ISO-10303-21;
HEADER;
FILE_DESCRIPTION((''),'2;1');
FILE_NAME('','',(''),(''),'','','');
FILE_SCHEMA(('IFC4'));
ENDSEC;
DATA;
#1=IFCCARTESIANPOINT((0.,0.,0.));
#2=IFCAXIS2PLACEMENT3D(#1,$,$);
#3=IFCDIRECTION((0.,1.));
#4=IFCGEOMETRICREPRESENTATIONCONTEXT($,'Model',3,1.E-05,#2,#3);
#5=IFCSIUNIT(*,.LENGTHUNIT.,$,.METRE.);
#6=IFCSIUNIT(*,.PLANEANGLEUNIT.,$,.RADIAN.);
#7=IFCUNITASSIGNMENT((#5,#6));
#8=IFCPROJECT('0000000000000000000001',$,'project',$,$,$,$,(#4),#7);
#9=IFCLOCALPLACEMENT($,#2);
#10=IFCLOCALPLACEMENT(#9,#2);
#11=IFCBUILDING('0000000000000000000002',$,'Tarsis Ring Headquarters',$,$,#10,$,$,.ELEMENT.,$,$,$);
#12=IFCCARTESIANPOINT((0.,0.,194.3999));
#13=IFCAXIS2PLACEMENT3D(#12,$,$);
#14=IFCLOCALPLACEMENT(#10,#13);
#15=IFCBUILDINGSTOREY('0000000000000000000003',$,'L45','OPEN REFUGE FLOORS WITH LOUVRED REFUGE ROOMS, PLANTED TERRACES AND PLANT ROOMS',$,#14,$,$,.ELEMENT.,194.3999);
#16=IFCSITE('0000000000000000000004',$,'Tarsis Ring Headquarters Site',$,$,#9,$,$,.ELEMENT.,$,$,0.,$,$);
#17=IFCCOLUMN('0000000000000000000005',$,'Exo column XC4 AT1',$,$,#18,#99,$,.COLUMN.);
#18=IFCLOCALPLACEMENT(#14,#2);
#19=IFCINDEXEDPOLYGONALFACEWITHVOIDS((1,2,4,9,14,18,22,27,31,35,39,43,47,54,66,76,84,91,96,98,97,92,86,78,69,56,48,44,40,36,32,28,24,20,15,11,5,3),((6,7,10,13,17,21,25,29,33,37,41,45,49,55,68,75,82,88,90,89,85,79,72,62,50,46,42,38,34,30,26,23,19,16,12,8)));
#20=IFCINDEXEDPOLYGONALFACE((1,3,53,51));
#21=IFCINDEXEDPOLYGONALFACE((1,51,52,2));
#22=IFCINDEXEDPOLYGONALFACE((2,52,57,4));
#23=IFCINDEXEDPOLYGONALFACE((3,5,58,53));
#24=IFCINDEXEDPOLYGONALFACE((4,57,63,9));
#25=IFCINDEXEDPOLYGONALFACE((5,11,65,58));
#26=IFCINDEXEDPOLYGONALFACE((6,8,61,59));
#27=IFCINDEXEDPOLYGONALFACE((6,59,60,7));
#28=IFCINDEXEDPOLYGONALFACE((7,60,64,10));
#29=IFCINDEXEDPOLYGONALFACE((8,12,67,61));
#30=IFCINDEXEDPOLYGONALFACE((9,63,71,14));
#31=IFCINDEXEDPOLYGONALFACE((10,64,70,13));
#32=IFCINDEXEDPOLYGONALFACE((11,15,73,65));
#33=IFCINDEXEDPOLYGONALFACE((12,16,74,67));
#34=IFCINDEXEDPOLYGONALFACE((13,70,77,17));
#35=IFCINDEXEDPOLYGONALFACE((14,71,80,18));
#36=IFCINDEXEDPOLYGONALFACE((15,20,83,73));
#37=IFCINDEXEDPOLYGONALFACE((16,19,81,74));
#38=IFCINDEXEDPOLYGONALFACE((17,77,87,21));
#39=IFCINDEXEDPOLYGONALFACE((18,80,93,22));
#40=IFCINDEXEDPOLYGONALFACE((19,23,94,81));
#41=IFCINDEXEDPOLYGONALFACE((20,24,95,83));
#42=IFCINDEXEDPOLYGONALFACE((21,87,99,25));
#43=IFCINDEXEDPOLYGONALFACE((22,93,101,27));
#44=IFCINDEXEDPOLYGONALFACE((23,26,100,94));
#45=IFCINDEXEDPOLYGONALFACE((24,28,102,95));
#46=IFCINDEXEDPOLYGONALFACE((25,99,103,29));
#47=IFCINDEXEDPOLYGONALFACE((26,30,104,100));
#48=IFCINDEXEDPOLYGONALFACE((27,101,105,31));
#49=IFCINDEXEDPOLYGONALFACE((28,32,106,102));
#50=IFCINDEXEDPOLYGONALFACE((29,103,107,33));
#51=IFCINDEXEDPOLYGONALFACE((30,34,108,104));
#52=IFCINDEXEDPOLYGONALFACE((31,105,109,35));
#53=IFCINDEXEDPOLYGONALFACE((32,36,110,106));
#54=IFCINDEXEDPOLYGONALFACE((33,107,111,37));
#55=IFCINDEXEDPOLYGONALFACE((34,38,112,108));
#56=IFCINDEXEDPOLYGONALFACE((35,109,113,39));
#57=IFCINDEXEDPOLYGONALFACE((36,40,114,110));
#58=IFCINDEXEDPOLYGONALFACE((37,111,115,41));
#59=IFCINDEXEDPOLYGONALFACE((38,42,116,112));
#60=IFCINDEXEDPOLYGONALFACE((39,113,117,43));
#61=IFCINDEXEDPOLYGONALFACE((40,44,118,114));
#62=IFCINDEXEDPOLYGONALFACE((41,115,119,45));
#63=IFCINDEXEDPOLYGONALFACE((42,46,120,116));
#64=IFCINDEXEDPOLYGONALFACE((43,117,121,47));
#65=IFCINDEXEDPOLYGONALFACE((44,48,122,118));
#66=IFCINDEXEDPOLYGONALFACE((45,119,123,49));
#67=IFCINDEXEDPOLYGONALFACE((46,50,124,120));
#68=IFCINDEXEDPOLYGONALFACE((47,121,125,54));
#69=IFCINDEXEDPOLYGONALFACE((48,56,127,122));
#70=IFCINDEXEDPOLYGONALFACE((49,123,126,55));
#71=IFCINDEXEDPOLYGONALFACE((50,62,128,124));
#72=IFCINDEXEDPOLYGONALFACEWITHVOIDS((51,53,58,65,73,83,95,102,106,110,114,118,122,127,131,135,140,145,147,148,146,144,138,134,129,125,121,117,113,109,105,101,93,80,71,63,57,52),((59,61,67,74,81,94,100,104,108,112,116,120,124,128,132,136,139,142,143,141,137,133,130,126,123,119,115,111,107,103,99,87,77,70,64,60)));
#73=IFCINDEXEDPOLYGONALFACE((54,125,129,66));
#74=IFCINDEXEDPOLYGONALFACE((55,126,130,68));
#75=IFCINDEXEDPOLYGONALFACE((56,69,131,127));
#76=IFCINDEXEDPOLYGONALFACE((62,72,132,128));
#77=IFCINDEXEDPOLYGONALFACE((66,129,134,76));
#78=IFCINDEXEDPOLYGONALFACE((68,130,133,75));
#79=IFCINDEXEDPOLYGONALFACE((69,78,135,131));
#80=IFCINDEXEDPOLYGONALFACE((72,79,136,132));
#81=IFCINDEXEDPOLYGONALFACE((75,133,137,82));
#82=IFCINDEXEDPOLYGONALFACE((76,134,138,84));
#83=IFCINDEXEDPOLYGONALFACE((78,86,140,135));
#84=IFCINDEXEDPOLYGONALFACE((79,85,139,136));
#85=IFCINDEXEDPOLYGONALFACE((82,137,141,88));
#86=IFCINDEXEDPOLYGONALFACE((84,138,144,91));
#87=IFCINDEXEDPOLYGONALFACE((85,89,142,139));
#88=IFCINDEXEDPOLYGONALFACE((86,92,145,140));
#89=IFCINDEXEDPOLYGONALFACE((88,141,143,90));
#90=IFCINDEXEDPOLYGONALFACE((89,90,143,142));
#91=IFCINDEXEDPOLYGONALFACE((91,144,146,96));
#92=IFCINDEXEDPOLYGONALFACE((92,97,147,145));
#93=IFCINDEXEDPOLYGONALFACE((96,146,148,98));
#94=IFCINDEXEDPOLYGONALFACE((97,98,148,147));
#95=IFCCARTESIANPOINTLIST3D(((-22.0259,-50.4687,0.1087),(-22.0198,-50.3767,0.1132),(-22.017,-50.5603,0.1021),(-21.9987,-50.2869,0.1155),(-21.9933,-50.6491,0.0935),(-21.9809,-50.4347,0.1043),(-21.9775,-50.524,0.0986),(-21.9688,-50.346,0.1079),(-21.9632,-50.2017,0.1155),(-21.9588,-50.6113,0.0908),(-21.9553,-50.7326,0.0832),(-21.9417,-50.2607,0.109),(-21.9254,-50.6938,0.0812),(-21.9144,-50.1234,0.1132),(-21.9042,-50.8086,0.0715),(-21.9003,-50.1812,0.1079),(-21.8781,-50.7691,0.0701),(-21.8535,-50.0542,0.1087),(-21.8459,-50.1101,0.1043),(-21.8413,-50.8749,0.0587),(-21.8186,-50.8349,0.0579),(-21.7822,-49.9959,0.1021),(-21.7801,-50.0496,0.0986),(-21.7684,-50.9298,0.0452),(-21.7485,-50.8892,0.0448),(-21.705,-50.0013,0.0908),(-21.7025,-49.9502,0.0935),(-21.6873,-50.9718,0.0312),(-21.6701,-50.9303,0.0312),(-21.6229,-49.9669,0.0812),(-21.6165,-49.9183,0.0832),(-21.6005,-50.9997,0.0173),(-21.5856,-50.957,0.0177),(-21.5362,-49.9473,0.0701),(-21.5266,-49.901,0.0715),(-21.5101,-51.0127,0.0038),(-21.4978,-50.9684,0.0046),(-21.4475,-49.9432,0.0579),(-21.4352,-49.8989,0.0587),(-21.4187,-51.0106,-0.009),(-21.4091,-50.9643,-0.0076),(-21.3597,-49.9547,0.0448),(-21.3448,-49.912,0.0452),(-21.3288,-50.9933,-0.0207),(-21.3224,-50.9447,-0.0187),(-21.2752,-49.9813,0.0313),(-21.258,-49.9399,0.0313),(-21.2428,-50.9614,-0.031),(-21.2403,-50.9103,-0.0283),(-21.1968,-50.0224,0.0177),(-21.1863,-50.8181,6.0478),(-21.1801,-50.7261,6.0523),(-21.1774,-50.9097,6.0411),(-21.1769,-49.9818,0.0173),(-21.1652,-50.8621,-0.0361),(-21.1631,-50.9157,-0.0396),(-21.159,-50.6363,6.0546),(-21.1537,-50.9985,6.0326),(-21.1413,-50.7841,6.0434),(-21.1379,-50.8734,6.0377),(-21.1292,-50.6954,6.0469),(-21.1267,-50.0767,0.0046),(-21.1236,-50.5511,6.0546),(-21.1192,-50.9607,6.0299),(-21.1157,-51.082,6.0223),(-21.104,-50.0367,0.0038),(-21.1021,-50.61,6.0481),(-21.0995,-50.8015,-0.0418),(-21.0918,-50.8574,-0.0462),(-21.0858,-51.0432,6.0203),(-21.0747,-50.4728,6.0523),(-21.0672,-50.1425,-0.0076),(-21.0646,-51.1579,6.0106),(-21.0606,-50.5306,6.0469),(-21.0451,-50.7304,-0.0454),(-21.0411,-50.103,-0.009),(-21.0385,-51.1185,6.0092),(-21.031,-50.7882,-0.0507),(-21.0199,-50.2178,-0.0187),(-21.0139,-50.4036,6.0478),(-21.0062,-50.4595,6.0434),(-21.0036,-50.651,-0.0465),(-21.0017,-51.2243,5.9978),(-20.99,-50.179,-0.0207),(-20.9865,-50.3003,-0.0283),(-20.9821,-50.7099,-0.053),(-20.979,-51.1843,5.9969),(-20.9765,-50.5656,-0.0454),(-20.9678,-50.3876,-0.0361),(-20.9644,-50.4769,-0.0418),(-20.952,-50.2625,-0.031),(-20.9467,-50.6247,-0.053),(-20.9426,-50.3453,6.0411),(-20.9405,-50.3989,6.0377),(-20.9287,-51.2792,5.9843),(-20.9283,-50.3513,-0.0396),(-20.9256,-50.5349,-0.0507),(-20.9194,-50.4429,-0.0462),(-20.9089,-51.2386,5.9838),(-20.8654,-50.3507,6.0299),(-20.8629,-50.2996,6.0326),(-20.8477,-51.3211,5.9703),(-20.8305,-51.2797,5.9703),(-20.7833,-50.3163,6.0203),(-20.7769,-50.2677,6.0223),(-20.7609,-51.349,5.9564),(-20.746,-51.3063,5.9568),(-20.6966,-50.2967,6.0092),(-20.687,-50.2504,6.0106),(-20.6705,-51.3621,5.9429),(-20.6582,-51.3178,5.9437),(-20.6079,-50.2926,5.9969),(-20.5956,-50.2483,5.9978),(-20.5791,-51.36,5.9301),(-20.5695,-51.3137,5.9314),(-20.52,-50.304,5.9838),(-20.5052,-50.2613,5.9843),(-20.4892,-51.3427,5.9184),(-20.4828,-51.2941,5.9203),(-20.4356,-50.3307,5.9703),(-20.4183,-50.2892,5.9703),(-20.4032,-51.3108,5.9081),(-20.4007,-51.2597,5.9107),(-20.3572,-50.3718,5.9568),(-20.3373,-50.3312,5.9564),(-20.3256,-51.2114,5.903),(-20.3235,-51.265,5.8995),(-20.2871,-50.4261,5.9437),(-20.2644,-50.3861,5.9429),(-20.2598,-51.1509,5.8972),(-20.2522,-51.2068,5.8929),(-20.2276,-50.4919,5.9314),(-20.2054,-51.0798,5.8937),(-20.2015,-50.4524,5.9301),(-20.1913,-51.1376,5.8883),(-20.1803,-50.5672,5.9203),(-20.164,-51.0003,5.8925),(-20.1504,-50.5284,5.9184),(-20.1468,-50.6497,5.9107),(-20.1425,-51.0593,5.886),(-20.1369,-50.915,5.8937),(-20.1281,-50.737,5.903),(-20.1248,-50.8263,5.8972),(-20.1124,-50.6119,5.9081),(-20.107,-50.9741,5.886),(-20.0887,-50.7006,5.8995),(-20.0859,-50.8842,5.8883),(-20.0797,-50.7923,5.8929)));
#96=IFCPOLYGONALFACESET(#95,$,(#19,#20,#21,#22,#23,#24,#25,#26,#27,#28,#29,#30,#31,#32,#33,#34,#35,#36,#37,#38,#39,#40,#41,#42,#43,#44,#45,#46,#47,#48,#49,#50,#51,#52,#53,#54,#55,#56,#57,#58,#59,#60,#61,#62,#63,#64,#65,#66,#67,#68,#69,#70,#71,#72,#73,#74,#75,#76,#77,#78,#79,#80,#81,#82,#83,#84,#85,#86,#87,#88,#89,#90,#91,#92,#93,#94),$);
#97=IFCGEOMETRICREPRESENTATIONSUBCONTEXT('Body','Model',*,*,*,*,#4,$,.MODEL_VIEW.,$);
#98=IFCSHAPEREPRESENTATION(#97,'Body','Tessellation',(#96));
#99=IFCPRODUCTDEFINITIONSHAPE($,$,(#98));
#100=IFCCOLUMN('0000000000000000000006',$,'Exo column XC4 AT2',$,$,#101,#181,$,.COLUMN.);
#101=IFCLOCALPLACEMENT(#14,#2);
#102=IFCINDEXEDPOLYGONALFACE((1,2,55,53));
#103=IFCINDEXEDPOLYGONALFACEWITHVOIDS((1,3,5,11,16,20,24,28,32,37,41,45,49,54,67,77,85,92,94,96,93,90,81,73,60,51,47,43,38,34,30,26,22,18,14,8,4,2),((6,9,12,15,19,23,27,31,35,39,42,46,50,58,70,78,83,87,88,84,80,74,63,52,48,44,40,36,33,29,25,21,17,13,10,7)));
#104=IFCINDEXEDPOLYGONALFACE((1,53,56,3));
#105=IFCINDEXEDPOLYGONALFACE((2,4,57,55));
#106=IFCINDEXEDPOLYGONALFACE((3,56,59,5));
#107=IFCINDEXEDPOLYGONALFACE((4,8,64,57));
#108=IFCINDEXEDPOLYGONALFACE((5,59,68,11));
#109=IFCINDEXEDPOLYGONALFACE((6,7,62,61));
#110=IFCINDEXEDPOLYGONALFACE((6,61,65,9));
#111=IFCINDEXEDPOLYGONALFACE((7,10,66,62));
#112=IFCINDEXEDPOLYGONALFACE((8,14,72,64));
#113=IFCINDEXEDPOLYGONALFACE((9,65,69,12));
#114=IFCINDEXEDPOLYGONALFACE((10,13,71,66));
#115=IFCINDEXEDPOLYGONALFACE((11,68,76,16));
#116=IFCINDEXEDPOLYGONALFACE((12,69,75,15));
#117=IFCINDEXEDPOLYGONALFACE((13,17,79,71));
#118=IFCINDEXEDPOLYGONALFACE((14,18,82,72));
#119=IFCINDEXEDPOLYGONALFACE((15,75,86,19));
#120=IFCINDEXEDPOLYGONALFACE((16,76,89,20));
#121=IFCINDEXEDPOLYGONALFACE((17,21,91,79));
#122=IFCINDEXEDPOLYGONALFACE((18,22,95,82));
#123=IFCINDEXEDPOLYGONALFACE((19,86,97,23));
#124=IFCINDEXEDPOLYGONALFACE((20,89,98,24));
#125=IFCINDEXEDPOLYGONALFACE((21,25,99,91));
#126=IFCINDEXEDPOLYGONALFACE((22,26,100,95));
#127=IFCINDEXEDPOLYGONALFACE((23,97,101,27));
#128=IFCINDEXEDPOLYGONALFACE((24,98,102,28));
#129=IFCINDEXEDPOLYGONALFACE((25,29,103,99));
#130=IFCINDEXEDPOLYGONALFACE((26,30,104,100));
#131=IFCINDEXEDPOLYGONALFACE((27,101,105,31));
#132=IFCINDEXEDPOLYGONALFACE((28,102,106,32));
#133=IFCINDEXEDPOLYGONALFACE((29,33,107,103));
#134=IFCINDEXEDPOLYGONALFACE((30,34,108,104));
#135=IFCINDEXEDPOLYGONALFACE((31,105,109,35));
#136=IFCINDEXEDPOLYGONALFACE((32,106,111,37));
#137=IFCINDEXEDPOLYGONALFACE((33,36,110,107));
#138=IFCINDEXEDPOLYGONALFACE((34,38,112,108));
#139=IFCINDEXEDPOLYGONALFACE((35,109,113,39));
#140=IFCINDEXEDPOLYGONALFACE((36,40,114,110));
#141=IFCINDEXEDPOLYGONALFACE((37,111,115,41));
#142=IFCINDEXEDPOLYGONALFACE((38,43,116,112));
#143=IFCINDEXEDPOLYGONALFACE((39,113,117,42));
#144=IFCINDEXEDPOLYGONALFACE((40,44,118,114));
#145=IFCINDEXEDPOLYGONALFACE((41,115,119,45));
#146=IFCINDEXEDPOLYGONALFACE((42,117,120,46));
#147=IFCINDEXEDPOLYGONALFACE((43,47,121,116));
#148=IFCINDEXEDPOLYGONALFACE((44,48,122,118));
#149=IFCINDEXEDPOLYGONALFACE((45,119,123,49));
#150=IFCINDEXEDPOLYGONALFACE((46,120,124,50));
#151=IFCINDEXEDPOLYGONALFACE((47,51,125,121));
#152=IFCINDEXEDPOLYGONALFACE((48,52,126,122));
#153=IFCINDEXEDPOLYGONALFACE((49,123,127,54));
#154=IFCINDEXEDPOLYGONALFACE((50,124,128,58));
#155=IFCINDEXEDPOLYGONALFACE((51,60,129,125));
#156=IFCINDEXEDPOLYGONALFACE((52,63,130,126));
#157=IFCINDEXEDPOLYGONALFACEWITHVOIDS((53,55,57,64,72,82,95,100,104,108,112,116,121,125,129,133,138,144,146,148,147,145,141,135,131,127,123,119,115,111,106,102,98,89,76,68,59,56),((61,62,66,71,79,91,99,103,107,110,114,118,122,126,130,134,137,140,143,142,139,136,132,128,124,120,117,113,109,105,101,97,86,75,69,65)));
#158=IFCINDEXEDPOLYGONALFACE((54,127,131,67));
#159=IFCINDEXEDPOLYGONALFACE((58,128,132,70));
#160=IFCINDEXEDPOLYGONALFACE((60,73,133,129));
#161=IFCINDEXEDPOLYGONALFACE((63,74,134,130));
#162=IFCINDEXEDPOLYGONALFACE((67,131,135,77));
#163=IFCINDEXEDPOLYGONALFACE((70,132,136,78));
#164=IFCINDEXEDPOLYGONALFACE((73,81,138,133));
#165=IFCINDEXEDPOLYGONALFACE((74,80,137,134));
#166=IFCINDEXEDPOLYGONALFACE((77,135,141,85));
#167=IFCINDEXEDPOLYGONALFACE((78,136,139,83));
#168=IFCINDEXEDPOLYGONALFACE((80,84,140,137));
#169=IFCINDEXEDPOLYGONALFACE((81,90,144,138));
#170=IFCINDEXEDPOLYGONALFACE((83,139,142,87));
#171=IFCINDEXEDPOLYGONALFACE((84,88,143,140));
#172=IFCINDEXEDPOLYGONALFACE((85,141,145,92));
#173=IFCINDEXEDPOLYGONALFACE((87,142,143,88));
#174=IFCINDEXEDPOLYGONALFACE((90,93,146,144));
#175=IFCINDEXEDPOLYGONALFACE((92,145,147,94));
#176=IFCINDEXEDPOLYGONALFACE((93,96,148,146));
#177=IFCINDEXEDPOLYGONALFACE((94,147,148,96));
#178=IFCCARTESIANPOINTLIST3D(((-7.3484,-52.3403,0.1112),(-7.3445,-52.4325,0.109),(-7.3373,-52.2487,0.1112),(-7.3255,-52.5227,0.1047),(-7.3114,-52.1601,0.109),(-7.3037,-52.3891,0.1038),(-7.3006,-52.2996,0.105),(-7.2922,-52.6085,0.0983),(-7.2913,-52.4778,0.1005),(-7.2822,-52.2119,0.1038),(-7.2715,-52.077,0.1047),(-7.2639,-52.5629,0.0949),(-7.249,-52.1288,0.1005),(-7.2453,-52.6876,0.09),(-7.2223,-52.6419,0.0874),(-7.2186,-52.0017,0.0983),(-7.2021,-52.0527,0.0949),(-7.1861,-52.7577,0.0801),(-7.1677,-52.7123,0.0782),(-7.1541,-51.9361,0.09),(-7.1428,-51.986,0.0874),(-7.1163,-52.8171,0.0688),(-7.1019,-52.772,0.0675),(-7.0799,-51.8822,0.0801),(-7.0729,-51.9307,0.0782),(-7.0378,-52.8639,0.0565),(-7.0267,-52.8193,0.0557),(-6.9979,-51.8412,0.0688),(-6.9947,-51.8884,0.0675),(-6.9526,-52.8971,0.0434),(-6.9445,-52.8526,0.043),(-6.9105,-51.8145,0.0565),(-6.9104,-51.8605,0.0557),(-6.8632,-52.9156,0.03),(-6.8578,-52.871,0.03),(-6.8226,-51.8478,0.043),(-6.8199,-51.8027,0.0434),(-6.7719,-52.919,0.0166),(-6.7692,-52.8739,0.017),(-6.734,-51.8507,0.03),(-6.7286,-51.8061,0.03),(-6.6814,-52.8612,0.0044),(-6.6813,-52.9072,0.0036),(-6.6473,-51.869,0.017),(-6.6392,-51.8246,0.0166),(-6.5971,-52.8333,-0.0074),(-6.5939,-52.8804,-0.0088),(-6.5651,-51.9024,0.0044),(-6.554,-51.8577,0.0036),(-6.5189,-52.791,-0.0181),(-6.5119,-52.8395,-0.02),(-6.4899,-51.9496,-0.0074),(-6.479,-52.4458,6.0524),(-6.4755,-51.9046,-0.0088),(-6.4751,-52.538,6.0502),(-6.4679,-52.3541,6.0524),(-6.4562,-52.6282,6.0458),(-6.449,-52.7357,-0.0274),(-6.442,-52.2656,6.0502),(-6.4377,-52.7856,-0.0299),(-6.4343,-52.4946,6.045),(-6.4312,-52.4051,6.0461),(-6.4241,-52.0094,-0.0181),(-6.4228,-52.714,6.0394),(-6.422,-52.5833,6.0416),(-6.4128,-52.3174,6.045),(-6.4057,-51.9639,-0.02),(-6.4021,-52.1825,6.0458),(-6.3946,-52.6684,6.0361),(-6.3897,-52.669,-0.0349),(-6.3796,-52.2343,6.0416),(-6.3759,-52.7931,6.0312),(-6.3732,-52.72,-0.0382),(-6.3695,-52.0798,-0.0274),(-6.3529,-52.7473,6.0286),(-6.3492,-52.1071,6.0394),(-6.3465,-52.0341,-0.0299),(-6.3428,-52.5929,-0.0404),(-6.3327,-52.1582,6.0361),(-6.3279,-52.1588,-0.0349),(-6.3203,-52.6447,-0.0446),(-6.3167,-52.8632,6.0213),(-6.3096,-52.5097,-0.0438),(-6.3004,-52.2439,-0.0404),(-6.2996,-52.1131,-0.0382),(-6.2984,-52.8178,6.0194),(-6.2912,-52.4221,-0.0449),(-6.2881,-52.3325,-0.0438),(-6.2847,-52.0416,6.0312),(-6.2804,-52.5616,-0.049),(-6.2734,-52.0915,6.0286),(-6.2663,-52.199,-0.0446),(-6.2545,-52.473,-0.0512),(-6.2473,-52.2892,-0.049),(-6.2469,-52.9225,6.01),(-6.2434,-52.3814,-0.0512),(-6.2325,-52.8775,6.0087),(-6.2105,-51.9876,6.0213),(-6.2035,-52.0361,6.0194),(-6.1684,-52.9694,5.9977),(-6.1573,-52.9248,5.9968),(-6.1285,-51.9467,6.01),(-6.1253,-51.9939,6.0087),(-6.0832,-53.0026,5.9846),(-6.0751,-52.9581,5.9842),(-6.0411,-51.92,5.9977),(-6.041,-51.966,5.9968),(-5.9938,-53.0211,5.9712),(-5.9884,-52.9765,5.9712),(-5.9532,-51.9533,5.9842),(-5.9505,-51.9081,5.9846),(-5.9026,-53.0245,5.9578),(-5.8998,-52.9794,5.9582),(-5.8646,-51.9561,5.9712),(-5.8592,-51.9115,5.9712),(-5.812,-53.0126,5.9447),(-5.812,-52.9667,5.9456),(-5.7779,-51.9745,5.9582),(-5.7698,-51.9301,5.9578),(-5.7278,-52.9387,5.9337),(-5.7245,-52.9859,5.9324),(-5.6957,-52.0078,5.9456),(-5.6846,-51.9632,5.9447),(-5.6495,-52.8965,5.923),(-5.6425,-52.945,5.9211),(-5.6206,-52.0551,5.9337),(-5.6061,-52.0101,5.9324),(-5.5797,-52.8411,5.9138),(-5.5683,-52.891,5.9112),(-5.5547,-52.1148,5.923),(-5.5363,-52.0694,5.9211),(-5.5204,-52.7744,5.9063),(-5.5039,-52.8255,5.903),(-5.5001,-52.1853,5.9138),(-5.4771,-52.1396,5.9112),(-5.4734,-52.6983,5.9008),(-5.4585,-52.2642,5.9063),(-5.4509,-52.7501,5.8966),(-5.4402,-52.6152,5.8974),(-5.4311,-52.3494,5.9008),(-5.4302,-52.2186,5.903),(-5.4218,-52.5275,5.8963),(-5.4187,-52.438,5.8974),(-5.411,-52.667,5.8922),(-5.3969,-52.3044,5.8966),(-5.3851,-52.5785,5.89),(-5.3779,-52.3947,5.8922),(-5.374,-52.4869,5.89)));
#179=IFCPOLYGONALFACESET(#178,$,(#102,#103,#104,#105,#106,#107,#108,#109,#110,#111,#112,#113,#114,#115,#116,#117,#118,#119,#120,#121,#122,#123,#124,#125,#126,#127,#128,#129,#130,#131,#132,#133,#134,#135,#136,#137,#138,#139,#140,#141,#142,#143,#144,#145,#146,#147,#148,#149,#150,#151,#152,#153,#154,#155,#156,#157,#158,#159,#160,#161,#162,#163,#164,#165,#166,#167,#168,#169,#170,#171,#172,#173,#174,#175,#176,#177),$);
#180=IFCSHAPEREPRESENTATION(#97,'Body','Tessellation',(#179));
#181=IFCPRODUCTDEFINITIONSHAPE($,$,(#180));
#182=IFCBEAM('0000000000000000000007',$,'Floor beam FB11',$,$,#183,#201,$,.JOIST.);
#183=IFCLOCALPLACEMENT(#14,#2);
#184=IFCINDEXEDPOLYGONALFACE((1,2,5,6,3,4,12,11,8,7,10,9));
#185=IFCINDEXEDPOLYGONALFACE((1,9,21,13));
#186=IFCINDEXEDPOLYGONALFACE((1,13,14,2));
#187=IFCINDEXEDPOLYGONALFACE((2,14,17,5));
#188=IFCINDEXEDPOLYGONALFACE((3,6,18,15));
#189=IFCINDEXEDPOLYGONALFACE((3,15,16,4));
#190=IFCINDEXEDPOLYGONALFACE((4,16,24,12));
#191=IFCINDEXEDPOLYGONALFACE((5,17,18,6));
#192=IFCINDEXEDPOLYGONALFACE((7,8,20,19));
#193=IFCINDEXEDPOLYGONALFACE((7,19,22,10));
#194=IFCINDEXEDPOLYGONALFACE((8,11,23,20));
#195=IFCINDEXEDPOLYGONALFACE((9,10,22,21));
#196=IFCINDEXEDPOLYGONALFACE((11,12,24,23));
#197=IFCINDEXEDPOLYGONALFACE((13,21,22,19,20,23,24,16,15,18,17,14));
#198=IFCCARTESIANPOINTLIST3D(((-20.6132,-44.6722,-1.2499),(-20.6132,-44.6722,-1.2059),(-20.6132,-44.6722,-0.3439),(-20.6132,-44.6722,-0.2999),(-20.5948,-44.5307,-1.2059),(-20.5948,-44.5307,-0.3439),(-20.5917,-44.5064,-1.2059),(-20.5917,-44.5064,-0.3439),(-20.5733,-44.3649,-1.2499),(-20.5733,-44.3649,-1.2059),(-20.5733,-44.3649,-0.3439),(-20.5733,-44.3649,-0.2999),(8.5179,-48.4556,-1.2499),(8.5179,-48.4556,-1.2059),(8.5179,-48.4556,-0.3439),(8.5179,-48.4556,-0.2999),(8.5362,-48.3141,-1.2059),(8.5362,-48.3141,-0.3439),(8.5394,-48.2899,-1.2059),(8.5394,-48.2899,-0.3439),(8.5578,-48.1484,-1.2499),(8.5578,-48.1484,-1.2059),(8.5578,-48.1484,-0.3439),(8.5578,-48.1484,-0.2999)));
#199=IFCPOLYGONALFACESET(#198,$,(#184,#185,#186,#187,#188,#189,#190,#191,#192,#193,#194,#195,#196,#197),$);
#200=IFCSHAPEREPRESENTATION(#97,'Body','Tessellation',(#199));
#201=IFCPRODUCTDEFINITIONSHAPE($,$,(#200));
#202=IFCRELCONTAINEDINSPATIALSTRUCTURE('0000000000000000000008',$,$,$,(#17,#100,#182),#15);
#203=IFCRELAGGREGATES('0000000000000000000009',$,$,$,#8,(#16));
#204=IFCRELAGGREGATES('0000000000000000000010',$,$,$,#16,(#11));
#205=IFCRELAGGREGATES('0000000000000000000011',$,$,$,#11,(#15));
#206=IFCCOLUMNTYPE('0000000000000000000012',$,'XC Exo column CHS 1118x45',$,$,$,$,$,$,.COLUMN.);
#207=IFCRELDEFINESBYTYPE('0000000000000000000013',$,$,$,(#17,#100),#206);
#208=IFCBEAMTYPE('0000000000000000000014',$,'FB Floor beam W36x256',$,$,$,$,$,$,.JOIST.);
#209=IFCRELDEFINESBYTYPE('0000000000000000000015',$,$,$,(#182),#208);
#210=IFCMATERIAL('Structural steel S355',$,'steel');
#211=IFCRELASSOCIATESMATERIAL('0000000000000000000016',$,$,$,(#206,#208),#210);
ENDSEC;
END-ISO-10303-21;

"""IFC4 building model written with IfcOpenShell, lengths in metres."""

from ifc_helpers import new_model, si_unit, direction, frame, origin, origin_2d, place, context, subcontext, project, spatial, hollow_circle, i_section, extrude, material, material_profile, profile_set, type_object, element, save


model = new_model("IFC4")

# Units and contexts
model_context = context("Model", 3, precision=1e-05, world=origin(), true_north=direction((0.0, 1.0)))
body_context = subcontext(model_context, "Body", "Model", "MODEL_VIEW")
ifc_project = project(units=[si_unit("LENGTHUNIT", "METRE"), si_unit("PLANEANGLEUNIT", "RADIAN")], contexts=[model_context])

# Site, building, storey
site_placement = place(None, origin())
site = spatial("IfcSite", under=ifc_project, at=site_placement, Name="Tarsis Ring Headquarters Site", CompositionType="ELEMENT", RefElevation=0.0)
building_placement = place(site_placement, origin())
building = spatial("IfcBuilding", under=site, at=building_placement, Name="Tarsis Ring Headquarters", CompositionType="ELEMENT")
storey_placement = place(building_placement, frame((0.0, 0.0, 194.3999)))
storey = spatial("IfcBuildingStorey", under=building, at=storey_placement, Name="L45", Description="OPEN REFUGE FLOORS WITH LOUVRED REFUGE ROOMS, PLANTED TERRACES AND PLANT ROOMS", CompositionType="ELEMENT", Elevation=194.3999)

# Columns
ifc_material_1 = material(Name="Structural steel S355", Category="steel")
ifc_material_profile_1 = material_profile(ifc_material_1, hollow_circle(Radius=0.5588, WallThickness=0.0449, at=origin_2d()), Name="CHS 1118x45")
ifc_profile_set_1 = profile_set([ifc_material_profile_1], Name="Structural steel S355")
column_type = type_object("IfcColumnType", Name="XC Exo column CHS 1118x45", PredefinedType="COLUMN", material=ifc_profile_set_1)
column_1_placement = place(storey_placement, frame((-21.4727, -50.4558, 0.0312), z_axis=(0.139743, -0.058148, 0.988479), x_axis=(0.384177, 0.92326, 0.0)))
element("IfcColumn", 1, at=column_1_placement, inside=storey, type_object=column_type, Name="Exo column XC4 AT1", PredefinedType="COLUMN", context=body_context, shape_type="SweptSolid", body=[
    extrude(hollow_circle(Radius=0.5588, WallThickness=0.0449, at=origin_2d()), origin(), (0.0, 0.0, 1.0), 6.0083),
])
column_2_placement = place(storey_placement, frame((-6.7959, -52.3608, 0.03), z_axis=(0.144768, -0.017562, 0.98931), x_axis=(0.120431, 0.992722, 0.0)))
element("IfcColumn", 2, at=column_2_placement, inside=storey, type_object=column_type, Name="Exo column XC4 AT2", PredefinedType="COLUMN", context=body_context, shape_type="SweptSolid", body=[
    extrude(hollow_circle(Radius=0.5588, WallThickness=0.0449, at=origin_2d()), origin(), (0.0, 0.0, 1.0), 6.0054),
])

# Beam
ifc_material_profile_2 = material_profile(ifc_material_1, i_section(OverallWidth=0.3098, OverallDepth=0.95, WebThickness=0.0244, FlangeThickness=0.0439, at=origin_2d()), Name="W36x256")
ifc_profile_set_2 = profile_set([ifc_material_profile_2], Name="Structural steel S355")
beam_type_1 = type_object("IfcBeamType", Name="FB Floor beam W36x256", PredefinedType="JOIST", material=ifc_profile_set_2)
for number, where, z_axis, x_axis, name in (
    (3, (-20.5933, -44.5186, -0.7749), (0.991671, -0.128795, 0.0), (0.128795, 0.991671, 0.0), "Floor beam FB11"),
):
    element("IfcBeam", number, at=place(storey_placement, frame(where, z_axis=z_axis, x_axis=x_axis)), inside=storey, type_object=beam_type_1, Name=name, PredefinedType="JOIST", context=body_context, shape_type="SweptSolid", body=[
        extrude(i_section(OverallWidth=0.3098, OverallDepth=0.95, WebThickness=0.0244, FlangeThickness=0.0439, at=origin_2d()), origin(), (0.0, 0.0, 1.0), 29.3757),
    ])

save(model, "model.ifc")
